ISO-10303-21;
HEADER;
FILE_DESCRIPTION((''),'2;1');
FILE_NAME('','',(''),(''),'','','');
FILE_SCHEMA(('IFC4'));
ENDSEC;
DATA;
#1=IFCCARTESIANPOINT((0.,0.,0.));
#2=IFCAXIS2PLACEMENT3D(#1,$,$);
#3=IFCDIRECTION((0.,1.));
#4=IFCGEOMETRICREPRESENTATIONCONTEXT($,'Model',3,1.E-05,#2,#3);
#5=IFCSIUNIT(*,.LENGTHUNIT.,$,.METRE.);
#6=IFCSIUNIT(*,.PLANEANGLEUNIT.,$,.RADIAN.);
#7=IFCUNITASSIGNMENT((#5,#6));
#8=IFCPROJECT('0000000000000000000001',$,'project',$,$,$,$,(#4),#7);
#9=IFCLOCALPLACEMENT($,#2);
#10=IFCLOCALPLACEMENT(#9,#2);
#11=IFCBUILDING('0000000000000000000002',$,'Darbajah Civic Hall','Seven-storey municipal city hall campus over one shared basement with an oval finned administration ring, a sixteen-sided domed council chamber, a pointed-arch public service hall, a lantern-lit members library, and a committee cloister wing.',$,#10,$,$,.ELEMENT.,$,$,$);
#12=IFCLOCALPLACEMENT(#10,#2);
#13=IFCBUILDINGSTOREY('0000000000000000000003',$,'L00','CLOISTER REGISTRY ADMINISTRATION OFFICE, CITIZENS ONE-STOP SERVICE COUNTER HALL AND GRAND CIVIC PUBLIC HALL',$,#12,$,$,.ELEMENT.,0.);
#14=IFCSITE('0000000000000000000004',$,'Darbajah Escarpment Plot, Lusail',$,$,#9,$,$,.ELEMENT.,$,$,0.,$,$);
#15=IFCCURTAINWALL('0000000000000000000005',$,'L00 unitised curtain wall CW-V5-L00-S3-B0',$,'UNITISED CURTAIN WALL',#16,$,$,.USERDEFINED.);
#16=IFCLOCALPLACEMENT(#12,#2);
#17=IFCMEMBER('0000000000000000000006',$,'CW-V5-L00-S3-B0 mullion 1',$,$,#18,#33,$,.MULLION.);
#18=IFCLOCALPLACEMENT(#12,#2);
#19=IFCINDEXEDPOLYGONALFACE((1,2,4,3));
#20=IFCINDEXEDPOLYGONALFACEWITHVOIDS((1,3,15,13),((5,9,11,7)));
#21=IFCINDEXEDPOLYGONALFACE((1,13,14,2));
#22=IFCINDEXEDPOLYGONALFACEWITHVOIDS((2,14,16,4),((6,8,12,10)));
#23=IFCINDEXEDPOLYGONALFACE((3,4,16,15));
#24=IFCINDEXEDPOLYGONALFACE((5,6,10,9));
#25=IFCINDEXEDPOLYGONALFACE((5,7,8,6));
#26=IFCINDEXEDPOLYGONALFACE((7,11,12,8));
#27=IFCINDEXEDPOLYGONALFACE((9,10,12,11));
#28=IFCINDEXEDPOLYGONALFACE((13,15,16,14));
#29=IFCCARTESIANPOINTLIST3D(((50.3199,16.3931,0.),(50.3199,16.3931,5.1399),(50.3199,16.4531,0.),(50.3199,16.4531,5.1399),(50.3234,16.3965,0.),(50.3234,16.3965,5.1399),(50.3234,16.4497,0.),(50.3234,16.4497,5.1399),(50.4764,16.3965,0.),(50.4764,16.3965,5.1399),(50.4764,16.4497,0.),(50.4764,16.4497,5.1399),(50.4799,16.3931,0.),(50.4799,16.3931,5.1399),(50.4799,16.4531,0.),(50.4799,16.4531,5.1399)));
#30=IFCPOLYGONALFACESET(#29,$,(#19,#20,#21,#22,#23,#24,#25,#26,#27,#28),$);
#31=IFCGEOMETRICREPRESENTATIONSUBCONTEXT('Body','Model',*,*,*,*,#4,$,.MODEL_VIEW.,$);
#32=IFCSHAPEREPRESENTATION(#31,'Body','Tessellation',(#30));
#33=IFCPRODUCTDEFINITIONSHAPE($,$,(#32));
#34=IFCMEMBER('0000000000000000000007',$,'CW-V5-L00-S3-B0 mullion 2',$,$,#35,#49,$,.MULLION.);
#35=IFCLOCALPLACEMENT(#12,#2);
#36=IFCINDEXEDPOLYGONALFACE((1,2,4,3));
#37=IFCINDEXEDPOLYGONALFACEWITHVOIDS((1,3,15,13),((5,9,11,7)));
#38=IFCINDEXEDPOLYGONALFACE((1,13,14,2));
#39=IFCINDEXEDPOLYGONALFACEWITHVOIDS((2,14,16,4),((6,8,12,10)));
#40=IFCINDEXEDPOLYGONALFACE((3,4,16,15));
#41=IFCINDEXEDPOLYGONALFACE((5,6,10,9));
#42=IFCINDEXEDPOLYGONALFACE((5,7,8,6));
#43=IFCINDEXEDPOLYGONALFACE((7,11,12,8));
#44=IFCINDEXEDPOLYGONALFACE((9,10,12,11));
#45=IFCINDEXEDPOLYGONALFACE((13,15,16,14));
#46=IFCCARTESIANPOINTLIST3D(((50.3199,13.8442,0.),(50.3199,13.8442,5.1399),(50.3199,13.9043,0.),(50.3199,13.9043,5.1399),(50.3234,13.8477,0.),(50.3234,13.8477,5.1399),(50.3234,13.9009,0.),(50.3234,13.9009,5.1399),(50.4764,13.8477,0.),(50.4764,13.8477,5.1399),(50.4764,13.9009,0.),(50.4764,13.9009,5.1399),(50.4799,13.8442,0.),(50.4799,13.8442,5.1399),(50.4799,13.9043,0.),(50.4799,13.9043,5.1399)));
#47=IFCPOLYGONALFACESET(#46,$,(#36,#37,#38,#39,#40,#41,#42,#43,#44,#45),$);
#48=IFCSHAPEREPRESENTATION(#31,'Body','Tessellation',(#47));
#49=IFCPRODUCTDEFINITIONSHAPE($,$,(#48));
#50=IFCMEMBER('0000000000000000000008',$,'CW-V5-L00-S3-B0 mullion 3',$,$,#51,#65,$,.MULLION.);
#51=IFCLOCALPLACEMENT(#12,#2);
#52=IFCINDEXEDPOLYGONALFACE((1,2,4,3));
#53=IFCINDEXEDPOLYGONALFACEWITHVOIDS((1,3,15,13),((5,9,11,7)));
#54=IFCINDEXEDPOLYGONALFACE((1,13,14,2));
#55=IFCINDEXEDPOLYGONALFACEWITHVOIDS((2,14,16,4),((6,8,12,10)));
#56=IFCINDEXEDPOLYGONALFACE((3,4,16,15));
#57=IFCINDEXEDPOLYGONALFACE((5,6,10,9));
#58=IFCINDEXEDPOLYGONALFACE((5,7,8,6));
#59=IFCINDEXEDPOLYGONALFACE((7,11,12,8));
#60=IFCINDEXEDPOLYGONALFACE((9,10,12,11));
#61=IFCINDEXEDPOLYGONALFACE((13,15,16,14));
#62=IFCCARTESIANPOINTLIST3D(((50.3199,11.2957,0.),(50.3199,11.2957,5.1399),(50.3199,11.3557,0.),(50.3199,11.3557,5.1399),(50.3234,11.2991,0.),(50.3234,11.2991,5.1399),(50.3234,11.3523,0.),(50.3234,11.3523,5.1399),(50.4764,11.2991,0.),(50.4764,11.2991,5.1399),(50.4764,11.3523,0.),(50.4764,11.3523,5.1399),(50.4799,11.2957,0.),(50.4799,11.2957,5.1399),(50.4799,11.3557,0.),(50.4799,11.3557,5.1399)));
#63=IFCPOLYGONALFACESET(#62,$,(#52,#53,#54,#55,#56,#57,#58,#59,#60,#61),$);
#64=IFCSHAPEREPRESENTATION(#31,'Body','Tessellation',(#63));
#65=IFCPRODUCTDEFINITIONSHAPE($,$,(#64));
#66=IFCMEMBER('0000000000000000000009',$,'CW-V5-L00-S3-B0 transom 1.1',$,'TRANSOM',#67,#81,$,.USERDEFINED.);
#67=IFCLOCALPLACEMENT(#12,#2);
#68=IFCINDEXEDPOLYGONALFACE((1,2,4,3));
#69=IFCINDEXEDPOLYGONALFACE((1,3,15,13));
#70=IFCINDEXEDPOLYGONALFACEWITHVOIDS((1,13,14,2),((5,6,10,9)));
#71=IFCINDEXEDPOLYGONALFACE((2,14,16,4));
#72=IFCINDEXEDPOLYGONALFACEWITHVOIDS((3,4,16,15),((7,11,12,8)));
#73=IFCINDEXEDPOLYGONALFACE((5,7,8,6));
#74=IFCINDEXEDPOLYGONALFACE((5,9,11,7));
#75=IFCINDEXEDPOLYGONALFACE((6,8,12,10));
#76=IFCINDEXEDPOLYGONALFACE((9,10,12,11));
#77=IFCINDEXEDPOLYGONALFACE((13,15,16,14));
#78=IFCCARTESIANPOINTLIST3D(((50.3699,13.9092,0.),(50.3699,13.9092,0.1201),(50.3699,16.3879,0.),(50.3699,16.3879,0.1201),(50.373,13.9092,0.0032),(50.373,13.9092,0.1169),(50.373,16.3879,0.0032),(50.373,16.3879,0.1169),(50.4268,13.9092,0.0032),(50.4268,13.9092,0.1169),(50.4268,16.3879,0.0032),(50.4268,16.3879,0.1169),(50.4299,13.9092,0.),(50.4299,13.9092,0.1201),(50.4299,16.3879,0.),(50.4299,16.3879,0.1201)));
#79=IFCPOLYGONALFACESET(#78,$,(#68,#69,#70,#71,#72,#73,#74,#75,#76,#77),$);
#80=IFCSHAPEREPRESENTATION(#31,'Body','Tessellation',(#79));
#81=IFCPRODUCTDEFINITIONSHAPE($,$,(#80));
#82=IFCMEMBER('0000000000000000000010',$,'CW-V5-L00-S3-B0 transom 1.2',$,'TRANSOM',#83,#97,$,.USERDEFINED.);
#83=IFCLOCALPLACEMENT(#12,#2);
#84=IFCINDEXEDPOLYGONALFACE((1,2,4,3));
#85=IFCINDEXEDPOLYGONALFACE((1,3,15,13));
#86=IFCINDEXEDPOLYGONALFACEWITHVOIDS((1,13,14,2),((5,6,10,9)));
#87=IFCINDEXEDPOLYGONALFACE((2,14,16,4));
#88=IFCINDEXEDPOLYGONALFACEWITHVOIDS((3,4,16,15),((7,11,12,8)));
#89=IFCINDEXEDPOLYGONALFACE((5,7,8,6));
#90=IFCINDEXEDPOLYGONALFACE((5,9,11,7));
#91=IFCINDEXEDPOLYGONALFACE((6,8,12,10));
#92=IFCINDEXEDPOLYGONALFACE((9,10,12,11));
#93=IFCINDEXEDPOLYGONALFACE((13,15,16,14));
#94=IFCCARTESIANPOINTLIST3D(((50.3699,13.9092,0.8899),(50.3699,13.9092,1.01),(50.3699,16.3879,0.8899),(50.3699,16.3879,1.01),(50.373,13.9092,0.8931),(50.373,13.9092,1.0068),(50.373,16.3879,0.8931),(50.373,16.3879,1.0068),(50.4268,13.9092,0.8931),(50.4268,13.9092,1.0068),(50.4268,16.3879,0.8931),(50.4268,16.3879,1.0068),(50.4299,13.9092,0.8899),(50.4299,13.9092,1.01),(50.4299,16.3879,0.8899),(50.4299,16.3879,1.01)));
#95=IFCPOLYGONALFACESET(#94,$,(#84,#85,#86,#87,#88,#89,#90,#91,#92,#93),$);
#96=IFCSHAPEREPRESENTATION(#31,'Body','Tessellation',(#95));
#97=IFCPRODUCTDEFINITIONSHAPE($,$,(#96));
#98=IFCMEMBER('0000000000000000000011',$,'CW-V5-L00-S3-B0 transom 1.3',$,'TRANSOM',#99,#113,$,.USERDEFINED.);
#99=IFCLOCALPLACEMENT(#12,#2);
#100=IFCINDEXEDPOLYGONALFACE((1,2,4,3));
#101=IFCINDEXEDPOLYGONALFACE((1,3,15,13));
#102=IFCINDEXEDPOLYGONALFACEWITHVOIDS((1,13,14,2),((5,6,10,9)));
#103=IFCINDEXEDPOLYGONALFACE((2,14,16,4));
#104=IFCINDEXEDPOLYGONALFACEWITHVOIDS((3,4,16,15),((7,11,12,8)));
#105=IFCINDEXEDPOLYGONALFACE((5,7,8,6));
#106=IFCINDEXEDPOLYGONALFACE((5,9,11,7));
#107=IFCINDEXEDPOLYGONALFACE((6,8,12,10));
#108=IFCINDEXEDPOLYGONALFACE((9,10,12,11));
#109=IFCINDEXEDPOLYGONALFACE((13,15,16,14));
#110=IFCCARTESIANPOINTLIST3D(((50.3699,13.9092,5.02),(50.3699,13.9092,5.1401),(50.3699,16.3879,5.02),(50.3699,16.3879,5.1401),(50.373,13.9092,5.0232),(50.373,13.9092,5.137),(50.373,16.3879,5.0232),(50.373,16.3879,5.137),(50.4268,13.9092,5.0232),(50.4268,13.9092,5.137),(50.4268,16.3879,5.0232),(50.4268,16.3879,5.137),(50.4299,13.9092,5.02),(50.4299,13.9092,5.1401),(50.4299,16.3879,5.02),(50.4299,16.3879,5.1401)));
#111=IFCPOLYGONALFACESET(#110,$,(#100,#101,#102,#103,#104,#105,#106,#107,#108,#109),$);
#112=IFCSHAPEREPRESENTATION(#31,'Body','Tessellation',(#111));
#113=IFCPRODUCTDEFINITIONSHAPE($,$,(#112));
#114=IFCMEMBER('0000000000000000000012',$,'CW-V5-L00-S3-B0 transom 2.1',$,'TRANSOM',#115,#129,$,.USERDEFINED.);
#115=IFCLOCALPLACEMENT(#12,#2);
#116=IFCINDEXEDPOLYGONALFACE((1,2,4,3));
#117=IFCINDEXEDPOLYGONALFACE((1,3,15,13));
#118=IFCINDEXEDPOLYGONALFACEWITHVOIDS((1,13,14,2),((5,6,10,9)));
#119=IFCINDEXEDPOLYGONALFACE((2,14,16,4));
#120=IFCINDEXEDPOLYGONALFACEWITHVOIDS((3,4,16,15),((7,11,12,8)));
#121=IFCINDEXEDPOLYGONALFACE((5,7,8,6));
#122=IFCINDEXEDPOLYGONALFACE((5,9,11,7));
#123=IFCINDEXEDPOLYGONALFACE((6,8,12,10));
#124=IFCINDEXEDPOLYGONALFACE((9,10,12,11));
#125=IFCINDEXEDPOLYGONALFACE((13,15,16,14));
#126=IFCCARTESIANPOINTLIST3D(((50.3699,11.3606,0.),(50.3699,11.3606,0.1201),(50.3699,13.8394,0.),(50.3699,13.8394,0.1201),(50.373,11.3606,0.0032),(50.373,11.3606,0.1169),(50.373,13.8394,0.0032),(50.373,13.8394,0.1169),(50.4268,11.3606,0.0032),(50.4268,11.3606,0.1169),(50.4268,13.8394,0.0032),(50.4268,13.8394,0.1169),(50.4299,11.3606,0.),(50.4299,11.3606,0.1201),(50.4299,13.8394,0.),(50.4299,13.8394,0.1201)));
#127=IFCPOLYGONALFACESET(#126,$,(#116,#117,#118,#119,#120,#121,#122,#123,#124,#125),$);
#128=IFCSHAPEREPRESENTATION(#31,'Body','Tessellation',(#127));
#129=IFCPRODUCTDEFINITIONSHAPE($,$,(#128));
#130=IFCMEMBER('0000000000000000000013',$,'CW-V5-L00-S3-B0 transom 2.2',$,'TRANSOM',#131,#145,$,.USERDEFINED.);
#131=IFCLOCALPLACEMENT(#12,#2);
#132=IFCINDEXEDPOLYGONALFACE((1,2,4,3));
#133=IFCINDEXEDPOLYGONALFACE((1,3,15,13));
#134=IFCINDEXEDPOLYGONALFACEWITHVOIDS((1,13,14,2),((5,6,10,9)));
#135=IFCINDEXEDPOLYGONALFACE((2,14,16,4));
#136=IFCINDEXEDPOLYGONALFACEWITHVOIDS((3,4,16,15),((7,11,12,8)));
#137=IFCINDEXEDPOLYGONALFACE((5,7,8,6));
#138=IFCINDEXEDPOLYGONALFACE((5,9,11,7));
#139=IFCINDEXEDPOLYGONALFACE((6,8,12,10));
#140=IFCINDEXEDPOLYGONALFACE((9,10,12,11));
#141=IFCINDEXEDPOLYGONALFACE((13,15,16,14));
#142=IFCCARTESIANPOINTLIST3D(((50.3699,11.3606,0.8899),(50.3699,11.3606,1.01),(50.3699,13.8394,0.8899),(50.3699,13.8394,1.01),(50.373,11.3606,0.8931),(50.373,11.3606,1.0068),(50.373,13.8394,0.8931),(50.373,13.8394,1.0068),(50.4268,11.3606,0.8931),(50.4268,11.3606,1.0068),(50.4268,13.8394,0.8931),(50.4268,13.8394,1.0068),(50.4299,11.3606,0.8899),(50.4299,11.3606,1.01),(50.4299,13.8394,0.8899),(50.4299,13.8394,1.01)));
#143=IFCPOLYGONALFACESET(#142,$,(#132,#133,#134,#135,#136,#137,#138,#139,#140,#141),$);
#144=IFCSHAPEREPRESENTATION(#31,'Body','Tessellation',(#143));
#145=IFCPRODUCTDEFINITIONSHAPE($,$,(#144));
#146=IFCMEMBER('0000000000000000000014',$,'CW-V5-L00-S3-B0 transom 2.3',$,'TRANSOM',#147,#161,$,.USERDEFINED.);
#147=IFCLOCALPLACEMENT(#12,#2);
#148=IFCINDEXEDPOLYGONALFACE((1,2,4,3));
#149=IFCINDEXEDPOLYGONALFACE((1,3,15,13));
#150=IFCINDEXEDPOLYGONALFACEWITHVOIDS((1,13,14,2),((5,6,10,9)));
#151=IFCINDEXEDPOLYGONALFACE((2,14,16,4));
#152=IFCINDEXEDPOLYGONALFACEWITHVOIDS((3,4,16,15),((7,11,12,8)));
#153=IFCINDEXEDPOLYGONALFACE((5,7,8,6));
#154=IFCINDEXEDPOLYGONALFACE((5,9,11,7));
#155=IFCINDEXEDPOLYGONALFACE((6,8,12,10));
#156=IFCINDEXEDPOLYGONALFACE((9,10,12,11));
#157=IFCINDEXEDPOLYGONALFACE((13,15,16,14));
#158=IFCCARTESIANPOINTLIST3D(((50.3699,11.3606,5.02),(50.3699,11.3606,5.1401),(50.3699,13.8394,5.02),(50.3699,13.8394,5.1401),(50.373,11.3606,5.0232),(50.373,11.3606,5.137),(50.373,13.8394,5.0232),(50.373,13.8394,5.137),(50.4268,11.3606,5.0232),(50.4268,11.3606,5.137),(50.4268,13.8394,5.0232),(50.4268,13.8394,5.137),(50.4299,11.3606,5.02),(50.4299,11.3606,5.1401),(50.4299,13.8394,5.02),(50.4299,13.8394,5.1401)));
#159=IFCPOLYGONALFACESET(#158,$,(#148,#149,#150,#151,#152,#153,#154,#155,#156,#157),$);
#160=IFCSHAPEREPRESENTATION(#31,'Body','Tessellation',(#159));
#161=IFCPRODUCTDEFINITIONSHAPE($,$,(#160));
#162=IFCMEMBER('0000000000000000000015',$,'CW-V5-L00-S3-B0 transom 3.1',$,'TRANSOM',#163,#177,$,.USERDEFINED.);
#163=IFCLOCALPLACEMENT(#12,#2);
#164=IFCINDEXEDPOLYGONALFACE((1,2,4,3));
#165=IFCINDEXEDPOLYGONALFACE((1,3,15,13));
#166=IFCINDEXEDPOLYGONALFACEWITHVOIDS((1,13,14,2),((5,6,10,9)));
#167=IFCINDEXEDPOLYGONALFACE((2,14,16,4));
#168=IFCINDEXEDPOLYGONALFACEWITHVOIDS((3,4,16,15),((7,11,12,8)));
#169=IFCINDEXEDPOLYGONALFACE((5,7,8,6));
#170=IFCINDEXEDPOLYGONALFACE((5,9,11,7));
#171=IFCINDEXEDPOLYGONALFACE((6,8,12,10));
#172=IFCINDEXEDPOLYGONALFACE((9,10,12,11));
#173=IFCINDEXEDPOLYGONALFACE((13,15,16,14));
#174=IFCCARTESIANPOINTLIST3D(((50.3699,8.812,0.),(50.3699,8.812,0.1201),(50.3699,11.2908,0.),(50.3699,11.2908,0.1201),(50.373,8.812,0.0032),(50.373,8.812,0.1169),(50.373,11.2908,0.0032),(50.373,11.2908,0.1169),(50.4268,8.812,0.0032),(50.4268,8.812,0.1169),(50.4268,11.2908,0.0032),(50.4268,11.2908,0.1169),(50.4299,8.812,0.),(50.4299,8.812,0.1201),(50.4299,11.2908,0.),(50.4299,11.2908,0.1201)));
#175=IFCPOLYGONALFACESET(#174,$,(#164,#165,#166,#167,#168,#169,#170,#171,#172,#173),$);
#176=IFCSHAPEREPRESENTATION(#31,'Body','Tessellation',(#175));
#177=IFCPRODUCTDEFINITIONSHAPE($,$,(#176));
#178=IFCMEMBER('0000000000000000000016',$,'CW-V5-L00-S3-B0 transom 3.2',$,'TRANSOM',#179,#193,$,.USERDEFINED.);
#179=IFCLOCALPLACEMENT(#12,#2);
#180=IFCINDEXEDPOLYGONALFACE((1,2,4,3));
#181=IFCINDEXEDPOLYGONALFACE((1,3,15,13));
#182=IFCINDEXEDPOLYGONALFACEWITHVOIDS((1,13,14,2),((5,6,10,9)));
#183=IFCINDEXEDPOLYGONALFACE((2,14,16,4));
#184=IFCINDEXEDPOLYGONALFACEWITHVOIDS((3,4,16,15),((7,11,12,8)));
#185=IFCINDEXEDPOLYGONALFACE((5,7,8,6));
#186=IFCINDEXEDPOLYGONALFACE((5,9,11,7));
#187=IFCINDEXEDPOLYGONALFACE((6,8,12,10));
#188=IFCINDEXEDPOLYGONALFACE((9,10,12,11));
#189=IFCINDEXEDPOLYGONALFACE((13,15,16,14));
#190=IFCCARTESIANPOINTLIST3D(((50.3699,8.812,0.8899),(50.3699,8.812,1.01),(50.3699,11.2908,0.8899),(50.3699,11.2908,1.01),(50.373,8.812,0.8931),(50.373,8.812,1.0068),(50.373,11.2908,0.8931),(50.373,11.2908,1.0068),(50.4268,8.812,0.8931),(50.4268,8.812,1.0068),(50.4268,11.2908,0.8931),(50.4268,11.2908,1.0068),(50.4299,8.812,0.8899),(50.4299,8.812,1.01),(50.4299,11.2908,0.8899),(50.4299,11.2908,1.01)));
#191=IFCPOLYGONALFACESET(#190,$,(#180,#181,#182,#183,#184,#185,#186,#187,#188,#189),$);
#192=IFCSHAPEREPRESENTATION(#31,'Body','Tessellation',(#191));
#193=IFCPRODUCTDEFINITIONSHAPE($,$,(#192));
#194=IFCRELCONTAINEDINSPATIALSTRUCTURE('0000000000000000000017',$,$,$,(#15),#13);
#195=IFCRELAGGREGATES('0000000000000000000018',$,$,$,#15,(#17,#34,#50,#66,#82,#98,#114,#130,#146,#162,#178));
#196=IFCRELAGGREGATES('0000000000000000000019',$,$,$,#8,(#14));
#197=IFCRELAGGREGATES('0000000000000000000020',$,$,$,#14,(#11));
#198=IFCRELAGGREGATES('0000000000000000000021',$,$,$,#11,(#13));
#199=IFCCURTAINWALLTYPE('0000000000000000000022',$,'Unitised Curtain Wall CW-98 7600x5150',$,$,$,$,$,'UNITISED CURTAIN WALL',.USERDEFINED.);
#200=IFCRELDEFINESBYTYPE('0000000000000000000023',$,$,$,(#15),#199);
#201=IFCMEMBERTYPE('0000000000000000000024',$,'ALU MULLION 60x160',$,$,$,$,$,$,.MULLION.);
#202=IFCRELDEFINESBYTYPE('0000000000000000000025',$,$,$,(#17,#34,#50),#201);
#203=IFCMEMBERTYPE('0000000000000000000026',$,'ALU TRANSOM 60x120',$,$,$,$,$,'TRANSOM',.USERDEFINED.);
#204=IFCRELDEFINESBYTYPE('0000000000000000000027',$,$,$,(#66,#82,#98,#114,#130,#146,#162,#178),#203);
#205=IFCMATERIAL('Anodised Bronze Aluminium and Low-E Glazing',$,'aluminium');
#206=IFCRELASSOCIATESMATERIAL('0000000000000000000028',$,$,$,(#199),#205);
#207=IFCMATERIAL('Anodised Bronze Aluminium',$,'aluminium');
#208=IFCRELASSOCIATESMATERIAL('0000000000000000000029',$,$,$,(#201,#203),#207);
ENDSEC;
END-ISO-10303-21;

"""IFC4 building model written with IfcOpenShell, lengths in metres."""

from ifc_helpers import new_model, si_unit, direction, frame, origin, origin_2d, place, context, subcontext, project, spatial, hollow_rectangle, extrude, material, material_profile, profile_set, type_object, element, aggregate, save


model = new_model("IFC4")

# Units and contexts
model_context = context("Model", 3, precision=1e-05, world=origin(), true_north=direction((0.0, 1.0)))
body_context = subcontext(model_context, "Body", "Model", "MODEL_VIEW")
ifc_project = project(units=[si_unit("LENGTHUNIT", "METRE"), si_unit("PLANEANGLEUNIT", "RADIAN")], contexts=[model_context])

# Site, building, storey
site_placement = place(None, origin())
site = spatial("IfcSite", under=ifc_project, at=site_placement, Name="Darbajah Escarpment Plot, Lusail", CompositionType="ELEMENT", RefElevation=0.0)
building_placement = place(site_placement, origin())
building = spatial("IfcBuilding", under=site, at=building_placement, Name="Darbajah Civic Hall", Description="Seven-storey municipal city hall campus over one shared basement with an oval finned administration ring, a sixteen-sided domed council chamber, a pointed-arch public service hall, a lantern-lit members library, and a committee cloister wing.", CompositionType="ELEMENT")
storey_placement = place(building_placement, origin())
storey = spatial("IfcBuildingStorey", under=building, at=storey_placement, Name="L00", Description="CLOISTER REGISTRY ADMINISTRATION OFFICE, CITIZENS ONE-STOP SERVICE COUNTER HALL AND GRAND CIVIC PUBLIC HALL", CompositionType="ELEMENT", Elevation=0.0)

# Curtain wall, members
ifc_material_1 = material(Name="Anodised Bronze Aluminium and Low-E Glazing", Category="aluminium")
curtain_wall_type = type_object("IfcCurtainWallType", Name="Unitised Curtain Wall CW-98 7600x5150", ElementType="UNITISED CURTAIN WALL", PredefinedType="USERDEFINED", material=ifc_material_1)
curtain_wall_placement = place(storey_placement, origin())
curtain_wall = element("IfcCurtainWall", 1, at=curtain_wall_placement, inside=storey, type_object=curtain_wall_type, Name="L00 unitised curtain wall CW-V5-L00-S3-B0", ObjectType="UNITISED CURTAIN WALL", PredefinedType="USERDEFINED")
ifc_material_2 = material(Name="Anodised Bronze Aluminium", Category="aluminium")
ifc_material_profile_1 = material_profile(ifc_material_2, hollow_rectangle(XDim=0.0601, YDim=0.1599, WallThickness=0.0034, at=origin_2d()), Name="ALU MULLION 60x160")
ifc_profile_set_1 = profile_set([ifc_material_profile_1], Name="Anodised Bronze Aluminium")
member_type_1 = type_object("IfcMemberType", Name="ALU MULLION 60x160", PredefinedType="MULLION", material=ifc_profile_set_1)
member_1_placement = place(storey_placement, frame((50.3999, 16.4231, 0.0), z_axis=(0.0, 0.0, 1.0), x_axis=(0.0, -1.0, 0.0)))
member_1 = element("IfcMember", 2, at=member_1_placement, type_object=member_type_1, Name="CW-V5-L00-S3-B0 mullion 1", PredefinedType="MULLION", context=body_context, shape_type="SweptSolid", body=[
    extrude(hollow_rectangle(XDim=0.0601, YDim=0.1599, WallThickness=0.0034, at=origin_2d()), origin(), (0.0, 0.0, 1.0), 5.1399),
])
member_2_placement = place(storey_placement, frame((50.3999, 13.8743, 0.0), z_axis=(0.0, 0.0, 1.0), x_axis=(0.0, -1.0, 0.0)))
member_2 = element("IfcMember", 3, at=member_2_placement, type_object=member_type_1, Name="CW-V5-L00-S3-B0 mullion 2", PredefinedType="MULLION", context=body_context, shape_type="SweptSolid", body=[
    extrude(hollow_rectangle(XDim=0.0601, YDim=0.1599, WallThickness=0.0034, at=origin_2d()), origin(), (0.0, 0.0, 1.0), 5.1399),
])
member_3_placement = place(storey_placement, frame((50.3999, 11.3257, 0.0), z_axis=(0.0, 0.0, 1.0), x_axis=(0.0, -1.0, 0.0)))
member_3 = element("IfcMember", 4, at=member_3_placement, type_object=member_type_1, Name="CW-V5-L00-S3-B0 mullion 3", PredefinedType="MULLION", context=body_context, shape_type="SweptSolid", body=[
    extrude(hollow_rectangle(XDim=0.0601, YDim=0.1599, WallThickness=0.0034, at=origin_2d()), origin(), (0.0, 0.0, 1.0), 5.1399),
])
ifc_material_profile_2 = material_profile(ifc_material_2, hollow_rectangle(XDim=0.0601, YDim=0.1201, WallThickness=0.0032, at=origin_2d()), Name="ALU TRANSOM 60x120")
ifc_profile_set_2 = profile_set([ifc_material_profile_2], Name="Anodised Bronze Aluminium")
member_type_2 = type_object("IfcMemberType", Name="ALU TRANSOM 60x120", ElementType="TRANSOM", PredefinedType="USERDEFINED", material=ifc_profile_set_2)
member_4_placement = place(storey_placement, frame((50.3999, 16.3879, 0.0601), z_axis=(0.0, -1.0, 0.0), x_axis=(1.0, 0.0, 0.0)))
member_4 = element("IfcMember", 5, at=member_4_placement, type_object=member_type_2, Name="CW-V5-L00-S3-B0 transom 1.1", ObjectType="TRANSOM", PredefinedType="USERDEFINED", context=body_context, shape_type="SweptSolid", body=[
    extrude(hollow_rectangle(XDim=0.0601, YDim=0.1201, WallThickness=0.0032, at=origin_2d()), origin(), (0.0, 0.0, 1.0), 2.4788),
])
member_5_placement = place(storey_placement, frame((50.3999, 16.3879, 0.95), z_axis=(0.0, -1.0, 0.0), x_axis=(1.0, 0.0, 0.0)))
member_5 = element("IfcMember", 6, at=member_5_placement, type_object=member_type_2, Name="CW-V5-L00-S3-B0 transom 1.2", ObjectType="TRANSOM", PredefinedType="USERDEFINED", context=body_context, shape_type="SweptSolid", body=[
    extrude(hollow_rectangle(XDim=0.0601, YDim=0.1201, WallThickness=0.0032, at=origin_2d()), origin(), (0.0, 0.0, 1.0), 2.4788),
])
member_6_placement = place(storey_placement, frame((50.3999, 16.3879, 5.0801), z_axis=(0.0, -1.0, 0.0), x_axis=(1.0, 0.0, 0.0)))
member_6 = element("IfcMember", 7, at=member_6_placement, type_object=member_type_2, Name="CW-V5-L00-S3-B0 transom 1.3", ObjectType="TRANSOM", PredefinedType="USERDEFINED", context=body_context, shape_type="SweptSolid", body=[
    extrude(hollow_rectangle(XDim=0.0601, YDim=0.1201, WallThickness=0.0032, at=origin_2d()), origin(), (0.0, 0.0, 1.0), 2.4788),
])
member_7_placement = place(storey_placement, frame((50.3999, 13.8394, 0.0601), z_axis=(0.0, -1.0, 0.0), x_axis=(1.0, 0.0, 0.0)))
member_7 = element("IfcMember", 8, at=member_7_placement, type_object=member_type_2, Name="CW-V5-L00-S3-B0 transom 2.1", ObjectType="TRANSOM", PredefinedType="USERDEFINED", context=body_context, shape_type="SweptSolid", body=[
    extrude(hollow_rectangle(XDim=0.0601, YDim=0.1201, WallThickness=0.0032, at=origin_2d()), origin(), (0.0, 0.0, 1.0), 2.4788),
])
member_8_placement = place(storey_placement, frame((50.3999, 13.8394, 0.95), z_axis=(0.0, -1.0, 0.0), x_axis=(1.0, 0.0, 0.0)))
member_8 = element("IfcMember", 9, at=member_8_placement, type_object=member_type_2, Name="CW-V5-L00-S3-B0 transom 2.2", ObjectType="TRANSOM", PredefinedType="USERDEFINED", context=body_context, shape_type="SweptSolid", body=[
    extrude(hollow_rectangle(XDim=0.0601, YDim=0.1201, WallThickness=0.0032, at=origin_2d()), origin(), (0.0, 0.0, 1.0), 2.4788),
])
member_9_placement = place(storey_placement, frame((50.3999, 13.8394, 5.0801), z_axis=(0.0, -1.0, 0.0), x_axis=(1.0, 0.0, 0.0)))
member_9 = element("IfcMember", 10, at=member_9_placement, type_object=member_type_2, Name="CW-V5-L00-S3-B0 transom 2.3", ObjectType="TRANSOM", PredefinedType="USERDEFINED", context=body_context, shape_type="SweptSolid", body=[
    extrude(hollow_rectangle(XDim=0.0601, YDim=0.1201, WallThickness=0.0032, at=origin_2d()), origin(), (0.0, 0.0, 1.0), 2.4788),
])
member_10_placement = place(storey_placement, frame((50.3999, 11.2908, 0.0601), z_axis=(0.0, -1.0, 0.0), x_axis=(1.0, 0.0, 0.0)))
member_10 = element("IfcMember", 11, at=member_10_placement, type_object=member_type_2, Name="CW-V5-L00-S3-B0 transom 3.1", ObjectType="TRANSOM", PredefinedType="USERDEFINED", context=body_context, shape_type="SweptSolid", body=[
    extrude(hollow_rectangle(XDim=0.0601, YDim=0.1201, WallThickness=0.0032, at=origin_2d()), origin(), (0.0, 0.0, 1.0), 2.4788),
])
member_11_placement = place(storey_placement, frame((50.3999, 11.2908, 0.95), z_axis=(0.0, -1.0, 0.0), x_axis=(1.0, 0.0, 0.0)))
member_11 = element("IfcMember", 12, at=member_11_placement, type_object=member_type_2, Name="CW-V5-L00-S3-B0 transom 3.2", ObjectType="TRANSOM", PredefinedType="USERDEFINED", context=body_context, shape_type="SweptSolid", body=[
    extrude(hollow_rectangle(XDim=0.0601, YDim=0.1201, WallThickness=0.0032, at=origin_2d()), origin(), (0.0, 0.0, 1.0), 2.4788),
])

aggregate(curtain_wall, [member_1, member_2, member_3, member_4, member_5, member_6, member_7, member_8, member_9, member_10, member_11])

save(model, "model.ifc")
